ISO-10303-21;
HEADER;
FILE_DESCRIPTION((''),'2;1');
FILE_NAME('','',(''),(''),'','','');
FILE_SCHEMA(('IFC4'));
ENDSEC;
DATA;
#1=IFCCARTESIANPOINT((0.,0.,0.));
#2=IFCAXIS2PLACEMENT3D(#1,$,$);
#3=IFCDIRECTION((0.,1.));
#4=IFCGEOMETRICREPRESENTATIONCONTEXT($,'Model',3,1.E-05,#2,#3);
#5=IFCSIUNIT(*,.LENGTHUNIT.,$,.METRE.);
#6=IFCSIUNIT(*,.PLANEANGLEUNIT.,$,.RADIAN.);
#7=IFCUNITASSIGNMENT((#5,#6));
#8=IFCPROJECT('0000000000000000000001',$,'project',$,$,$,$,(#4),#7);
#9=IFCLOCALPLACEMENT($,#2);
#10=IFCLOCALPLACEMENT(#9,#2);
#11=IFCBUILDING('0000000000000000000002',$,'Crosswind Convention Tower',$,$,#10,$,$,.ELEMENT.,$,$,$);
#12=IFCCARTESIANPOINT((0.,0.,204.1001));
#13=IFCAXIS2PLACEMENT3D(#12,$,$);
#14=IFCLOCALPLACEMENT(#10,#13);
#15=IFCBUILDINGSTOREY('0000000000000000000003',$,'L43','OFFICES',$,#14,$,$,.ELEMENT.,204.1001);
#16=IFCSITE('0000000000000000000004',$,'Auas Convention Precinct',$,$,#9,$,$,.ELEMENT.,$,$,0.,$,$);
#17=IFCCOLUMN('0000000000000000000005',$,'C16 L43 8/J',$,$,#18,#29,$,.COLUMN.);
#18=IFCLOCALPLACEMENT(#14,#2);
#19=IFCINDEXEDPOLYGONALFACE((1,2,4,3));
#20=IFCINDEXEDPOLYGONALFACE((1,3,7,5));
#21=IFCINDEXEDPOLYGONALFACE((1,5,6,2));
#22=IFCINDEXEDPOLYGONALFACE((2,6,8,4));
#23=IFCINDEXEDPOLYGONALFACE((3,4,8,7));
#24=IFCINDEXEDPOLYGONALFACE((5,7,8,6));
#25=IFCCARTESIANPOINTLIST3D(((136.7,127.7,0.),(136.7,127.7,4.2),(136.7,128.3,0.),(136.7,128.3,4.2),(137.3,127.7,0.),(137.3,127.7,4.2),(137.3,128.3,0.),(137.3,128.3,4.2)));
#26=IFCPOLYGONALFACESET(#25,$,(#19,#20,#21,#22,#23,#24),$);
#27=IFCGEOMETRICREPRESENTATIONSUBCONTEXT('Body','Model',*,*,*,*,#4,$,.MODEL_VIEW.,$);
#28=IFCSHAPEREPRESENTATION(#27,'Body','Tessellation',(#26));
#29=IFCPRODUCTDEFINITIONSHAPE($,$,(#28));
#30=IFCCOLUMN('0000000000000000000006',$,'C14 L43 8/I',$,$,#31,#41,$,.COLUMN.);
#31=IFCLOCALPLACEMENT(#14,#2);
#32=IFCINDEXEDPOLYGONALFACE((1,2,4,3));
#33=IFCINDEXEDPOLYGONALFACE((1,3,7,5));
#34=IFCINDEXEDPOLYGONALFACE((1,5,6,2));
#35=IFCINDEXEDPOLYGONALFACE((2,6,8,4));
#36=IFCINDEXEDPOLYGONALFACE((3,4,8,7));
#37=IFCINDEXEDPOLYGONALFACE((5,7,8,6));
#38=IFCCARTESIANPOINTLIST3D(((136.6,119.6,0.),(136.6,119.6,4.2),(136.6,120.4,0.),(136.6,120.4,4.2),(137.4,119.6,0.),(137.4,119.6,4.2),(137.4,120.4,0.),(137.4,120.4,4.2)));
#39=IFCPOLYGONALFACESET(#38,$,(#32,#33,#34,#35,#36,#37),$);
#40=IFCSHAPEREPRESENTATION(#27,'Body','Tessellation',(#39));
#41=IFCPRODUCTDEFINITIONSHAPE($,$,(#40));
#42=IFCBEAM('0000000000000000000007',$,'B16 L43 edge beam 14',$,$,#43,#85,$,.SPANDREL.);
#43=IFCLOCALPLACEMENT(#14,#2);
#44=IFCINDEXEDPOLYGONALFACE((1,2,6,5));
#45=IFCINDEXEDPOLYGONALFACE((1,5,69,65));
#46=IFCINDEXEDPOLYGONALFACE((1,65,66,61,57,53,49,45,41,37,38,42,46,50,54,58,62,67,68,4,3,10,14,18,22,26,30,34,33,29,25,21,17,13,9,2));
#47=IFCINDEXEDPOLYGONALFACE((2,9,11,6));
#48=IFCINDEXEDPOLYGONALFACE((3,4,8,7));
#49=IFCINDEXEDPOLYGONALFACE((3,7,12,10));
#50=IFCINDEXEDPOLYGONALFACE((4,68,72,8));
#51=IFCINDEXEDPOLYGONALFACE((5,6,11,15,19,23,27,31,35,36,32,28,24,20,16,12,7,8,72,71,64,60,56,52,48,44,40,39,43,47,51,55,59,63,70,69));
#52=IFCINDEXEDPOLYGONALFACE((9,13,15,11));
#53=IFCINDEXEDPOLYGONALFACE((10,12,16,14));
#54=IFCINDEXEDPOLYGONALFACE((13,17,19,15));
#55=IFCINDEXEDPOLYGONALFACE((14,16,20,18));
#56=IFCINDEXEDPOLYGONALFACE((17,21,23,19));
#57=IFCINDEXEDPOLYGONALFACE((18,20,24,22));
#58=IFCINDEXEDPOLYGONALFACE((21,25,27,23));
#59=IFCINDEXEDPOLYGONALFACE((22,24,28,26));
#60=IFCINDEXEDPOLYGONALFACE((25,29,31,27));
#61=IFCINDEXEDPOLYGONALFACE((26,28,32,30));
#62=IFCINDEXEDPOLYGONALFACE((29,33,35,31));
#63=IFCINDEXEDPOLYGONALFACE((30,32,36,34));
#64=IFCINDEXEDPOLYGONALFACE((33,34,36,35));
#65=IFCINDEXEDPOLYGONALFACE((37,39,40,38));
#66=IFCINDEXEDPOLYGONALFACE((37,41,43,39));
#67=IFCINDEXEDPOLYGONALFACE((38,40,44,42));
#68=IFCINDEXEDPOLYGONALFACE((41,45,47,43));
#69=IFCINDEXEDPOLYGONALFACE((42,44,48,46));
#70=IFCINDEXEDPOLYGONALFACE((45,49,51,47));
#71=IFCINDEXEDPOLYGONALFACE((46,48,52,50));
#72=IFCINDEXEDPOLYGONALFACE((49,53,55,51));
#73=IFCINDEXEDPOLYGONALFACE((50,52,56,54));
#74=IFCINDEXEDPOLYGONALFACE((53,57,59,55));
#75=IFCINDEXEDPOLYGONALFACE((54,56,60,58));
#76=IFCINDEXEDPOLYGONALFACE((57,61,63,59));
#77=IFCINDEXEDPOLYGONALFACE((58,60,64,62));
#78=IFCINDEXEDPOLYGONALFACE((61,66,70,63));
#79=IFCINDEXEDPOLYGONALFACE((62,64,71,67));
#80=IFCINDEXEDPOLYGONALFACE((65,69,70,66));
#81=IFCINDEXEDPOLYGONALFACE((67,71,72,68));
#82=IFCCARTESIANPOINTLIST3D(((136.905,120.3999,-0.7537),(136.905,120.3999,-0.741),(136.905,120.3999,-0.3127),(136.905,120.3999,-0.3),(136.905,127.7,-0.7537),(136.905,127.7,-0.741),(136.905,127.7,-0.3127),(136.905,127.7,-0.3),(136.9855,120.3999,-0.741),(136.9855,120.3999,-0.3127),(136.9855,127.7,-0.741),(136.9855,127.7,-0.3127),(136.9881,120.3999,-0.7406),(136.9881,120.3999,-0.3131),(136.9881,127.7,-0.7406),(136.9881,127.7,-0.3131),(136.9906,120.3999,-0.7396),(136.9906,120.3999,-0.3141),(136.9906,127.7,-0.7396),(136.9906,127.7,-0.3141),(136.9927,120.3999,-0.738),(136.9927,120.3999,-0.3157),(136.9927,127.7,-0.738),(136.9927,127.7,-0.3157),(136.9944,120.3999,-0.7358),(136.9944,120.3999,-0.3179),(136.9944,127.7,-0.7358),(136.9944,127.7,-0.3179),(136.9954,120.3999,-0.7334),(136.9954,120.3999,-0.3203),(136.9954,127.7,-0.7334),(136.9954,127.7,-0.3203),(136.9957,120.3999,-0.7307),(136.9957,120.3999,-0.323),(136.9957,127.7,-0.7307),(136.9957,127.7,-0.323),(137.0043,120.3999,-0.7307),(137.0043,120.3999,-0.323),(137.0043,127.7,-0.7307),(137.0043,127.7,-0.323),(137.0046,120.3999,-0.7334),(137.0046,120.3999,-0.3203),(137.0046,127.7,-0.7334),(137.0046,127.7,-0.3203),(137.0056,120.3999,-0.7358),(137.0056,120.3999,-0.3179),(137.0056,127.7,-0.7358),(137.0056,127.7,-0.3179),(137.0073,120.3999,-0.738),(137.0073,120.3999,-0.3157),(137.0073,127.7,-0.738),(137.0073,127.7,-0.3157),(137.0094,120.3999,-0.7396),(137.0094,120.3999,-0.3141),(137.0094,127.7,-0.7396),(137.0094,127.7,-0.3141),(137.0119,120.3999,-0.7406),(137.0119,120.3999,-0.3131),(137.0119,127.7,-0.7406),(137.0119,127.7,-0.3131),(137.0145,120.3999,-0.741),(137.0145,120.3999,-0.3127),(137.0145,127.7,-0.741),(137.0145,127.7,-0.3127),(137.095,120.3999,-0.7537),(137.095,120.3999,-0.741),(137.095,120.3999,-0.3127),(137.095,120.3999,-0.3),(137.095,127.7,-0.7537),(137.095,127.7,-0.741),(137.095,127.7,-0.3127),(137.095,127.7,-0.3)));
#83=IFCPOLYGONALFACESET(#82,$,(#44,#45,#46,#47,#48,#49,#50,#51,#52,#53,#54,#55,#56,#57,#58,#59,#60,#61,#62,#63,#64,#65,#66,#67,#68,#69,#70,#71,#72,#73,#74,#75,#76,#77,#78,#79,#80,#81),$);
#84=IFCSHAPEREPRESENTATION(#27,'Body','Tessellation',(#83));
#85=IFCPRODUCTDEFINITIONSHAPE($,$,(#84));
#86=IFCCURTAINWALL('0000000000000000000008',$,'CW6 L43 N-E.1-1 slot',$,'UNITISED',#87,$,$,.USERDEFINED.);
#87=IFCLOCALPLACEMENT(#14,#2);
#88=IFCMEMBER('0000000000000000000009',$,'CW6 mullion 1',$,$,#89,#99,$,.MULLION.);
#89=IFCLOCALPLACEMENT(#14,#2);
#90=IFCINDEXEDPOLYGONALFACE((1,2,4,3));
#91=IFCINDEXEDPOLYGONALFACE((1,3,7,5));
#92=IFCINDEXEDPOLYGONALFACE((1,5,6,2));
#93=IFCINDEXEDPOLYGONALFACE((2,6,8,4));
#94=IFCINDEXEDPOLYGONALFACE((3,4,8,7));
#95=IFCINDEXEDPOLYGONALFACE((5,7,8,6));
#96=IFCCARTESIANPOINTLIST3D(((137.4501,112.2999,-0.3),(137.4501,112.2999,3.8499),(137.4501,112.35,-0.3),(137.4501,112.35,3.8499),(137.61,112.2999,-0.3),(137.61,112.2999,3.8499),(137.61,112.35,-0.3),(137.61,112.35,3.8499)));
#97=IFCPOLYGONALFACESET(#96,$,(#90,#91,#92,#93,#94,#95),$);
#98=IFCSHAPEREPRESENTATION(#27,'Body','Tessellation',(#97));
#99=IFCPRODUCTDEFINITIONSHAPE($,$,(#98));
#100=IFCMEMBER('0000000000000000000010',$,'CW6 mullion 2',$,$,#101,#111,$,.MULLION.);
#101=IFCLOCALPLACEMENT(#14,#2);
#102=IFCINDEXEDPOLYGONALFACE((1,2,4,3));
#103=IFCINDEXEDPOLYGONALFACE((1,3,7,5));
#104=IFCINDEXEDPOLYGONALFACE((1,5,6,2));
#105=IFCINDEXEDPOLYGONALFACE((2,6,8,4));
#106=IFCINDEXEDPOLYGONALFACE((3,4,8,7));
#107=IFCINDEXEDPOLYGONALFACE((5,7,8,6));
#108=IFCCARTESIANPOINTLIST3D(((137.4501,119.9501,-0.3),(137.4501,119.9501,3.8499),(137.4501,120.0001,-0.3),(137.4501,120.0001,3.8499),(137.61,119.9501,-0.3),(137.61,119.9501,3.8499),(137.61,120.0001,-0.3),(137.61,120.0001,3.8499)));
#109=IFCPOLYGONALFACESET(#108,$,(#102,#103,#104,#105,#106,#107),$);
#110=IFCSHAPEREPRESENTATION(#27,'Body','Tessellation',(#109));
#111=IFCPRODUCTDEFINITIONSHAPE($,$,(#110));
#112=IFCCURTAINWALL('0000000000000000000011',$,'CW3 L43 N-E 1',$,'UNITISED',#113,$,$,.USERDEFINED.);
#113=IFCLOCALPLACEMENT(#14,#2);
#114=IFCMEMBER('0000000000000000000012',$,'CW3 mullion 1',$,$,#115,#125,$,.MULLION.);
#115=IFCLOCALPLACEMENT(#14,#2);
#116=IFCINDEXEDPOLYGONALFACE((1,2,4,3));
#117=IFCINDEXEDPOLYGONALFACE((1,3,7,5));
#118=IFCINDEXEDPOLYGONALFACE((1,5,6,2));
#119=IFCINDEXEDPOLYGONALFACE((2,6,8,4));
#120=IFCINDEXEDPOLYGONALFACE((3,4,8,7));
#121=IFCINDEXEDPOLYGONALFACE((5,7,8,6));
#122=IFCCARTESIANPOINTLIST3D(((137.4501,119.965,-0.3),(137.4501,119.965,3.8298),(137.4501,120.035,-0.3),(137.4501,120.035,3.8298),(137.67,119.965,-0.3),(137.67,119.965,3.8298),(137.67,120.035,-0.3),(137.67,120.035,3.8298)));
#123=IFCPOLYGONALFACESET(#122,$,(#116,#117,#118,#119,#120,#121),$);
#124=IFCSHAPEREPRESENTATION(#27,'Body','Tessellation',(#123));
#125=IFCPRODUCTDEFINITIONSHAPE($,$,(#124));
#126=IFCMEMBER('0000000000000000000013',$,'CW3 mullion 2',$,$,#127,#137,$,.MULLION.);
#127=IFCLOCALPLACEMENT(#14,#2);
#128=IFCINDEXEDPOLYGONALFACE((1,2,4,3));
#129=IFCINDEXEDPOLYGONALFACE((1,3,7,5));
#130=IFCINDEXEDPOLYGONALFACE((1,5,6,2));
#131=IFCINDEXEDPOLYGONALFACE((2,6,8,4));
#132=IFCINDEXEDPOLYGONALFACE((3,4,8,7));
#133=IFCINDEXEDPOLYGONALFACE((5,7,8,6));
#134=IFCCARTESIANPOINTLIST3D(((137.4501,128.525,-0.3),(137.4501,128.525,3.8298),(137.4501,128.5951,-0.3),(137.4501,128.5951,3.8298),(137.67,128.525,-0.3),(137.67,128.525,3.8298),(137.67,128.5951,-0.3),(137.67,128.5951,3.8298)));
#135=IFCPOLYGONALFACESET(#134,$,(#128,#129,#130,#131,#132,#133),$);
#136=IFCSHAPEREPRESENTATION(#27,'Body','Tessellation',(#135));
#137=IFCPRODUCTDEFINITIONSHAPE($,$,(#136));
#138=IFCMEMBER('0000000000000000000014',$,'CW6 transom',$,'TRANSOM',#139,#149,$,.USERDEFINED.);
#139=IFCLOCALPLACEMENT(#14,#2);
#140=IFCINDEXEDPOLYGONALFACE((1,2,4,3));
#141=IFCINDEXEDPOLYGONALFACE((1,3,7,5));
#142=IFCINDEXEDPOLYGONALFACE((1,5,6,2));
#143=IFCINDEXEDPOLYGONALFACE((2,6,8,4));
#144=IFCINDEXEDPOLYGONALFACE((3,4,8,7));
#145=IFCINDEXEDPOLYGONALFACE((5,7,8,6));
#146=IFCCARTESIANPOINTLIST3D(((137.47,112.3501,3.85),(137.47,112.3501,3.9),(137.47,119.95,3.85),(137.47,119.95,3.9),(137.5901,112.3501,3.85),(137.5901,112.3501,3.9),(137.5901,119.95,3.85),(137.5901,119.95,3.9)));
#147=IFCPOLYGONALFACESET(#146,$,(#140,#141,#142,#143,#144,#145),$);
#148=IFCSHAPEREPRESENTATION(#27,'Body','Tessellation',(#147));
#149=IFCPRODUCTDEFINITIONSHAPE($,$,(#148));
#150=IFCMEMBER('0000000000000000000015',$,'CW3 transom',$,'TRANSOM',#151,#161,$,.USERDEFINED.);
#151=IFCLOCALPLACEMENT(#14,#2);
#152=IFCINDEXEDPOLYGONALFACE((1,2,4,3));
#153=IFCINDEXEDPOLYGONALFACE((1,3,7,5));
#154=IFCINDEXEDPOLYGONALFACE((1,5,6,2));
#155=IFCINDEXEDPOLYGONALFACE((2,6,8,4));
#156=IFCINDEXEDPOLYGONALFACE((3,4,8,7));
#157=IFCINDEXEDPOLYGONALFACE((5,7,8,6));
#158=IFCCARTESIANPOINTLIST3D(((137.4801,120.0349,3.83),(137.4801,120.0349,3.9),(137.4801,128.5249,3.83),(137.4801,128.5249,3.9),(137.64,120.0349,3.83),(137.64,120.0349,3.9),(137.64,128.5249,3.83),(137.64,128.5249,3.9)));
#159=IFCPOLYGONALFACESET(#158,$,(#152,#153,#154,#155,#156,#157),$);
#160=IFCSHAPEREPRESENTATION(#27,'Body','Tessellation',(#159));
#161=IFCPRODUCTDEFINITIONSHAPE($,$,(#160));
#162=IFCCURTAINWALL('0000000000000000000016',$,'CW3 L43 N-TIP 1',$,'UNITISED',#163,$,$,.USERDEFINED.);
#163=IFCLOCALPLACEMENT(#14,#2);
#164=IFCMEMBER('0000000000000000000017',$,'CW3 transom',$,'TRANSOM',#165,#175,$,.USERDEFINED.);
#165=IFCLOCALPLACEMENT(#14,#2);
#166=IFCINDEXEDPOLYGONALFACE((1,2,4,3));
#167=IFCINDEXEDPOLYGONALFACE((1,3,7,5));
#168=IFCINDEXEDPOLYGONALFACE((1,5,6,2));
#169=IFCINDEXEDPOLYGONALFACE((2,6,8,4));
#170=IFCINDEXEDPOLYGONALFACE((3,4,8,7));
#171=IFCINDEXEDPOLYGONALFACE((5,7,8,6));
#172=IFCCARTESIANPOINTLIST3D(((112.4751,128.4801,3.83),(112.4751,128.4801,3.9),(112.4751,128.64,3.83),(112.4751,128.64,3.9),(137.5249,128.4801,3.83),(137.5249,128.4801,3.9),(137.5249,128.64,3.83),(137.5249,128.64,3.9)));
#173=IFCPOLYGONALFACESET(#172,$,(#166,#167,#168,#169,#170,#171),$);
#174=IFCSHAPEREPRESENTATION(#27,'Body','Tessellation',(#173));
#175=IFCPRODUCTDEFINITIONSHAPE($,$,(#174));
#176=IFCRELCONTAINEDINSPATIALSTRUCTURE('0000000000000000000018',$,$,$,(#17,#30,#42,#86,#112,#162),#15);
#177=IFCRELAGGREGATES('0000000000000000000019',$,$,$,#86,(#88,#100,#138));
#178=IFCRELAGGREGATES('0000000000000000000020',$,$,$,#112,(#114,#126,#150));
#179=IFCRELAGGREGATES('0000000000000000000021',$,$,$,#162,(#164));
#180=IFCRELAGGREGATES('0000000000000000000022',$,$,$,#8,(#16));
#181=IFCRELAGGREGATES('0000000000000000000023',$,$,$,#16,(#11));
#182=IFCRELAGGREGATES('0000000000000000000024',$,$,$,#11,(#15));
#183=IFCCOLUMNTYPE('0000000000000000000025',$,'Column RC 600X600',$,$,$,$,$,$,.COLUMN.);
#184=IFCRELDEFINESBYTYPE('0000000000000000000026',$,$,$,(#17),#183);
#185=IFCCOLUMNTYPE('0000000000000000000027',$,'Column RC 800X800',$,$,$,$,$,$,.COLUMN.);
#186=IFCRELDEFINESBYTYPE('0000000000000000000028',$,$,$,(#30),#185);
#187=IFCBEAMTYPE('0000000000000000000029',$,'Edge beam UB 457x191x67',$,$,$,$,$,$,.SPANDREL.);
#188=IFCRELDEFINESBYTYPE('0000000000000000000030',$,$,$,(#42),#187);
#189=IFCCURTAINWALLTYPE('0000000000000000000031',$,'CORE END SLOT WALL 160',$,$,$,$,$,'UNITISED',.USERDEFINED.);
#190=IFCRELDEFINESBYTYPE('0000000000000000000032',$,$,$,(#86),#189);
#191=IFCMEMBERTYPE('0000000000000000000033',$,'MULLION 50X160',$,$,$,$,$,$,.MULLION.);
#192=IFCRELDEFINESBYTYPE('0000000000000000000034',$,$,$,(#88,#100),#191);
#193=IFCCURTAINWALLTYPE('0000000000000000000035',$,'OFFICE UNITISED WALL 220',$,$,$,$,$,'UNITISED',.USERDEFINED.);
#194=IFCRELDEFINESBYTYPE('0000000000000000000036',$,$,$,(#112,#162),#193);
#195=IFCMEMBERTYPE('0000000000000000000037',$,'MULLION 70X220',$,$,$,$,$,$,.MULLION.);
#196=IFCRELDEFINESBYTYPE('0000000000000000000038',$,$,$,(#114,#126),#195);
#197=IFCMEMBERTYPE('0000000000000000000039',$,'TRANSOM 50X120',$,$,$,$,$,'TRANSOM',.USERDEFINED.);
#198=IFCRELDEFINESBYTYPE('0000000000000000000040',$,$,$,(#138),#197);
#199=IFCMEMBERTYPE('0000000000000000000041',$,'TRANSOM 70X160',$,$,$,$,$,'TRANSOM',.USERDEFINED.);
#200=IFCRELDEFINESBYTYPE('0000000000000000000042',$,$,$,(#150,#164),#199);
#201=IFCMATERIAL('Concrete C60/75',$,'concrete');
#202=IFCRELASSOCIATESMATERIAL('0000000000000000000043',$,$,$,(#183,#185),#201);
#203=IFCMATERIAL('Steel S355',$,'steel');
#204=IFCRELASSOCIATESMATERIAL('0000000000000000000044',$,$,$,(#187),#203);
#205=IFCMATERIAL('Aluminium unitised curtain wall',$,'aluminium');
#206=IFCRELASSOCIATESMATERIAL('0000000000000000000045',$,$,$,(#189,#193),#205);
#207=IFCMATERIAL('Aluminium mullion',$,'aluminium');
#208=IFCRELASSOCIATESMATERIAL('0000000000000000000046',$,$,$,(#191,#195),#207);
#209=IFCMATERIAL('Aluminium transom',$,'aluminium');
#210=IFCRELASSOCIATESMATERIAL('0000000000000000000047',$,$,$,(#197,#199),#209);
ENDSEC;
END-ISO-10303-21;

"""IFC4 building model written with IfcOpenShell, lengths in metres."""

from ifc_helpers import new_model, si_unit, direction, frame, origin, origin_2d, place, context, subcontext, project, spatial, rectangle, i_section, extrude, material, material_profile, profile_set, type_object, element, aggregate, save


model = new_model("IFC4")

# Units and contexts
model_context = context("Model", 3, precision=1e-05, world=origin(), true_north=direction((0.0, 1.0)))
body_context = subcontext(model_context, "Body", "Model", "MODEL_VIEW")
ifc_project = project(units=[si_unit("LENGTHUNIT", "METRE"), si_unit("PLANEANGLEUNIT", "RADIAN")], contexts=[model_context])

# Site, building, storey
site_placement = place(None, origin())
site = spatial("IfcSite", under=ifc_project, at=site_placement, Name="Auas Convention Precinct", CompositionType="ELEMENT", RefElevation=0.0)
building_placement = place(site_placement, origin())
building = spatial("IfcBuilding", under=site, at=building_placement, Name="Crosswind Convention Tower", CompositionType="ELEMENT")
storey_placement = place(building_placement, frame((0.0, 0.0, 204.1001)))
storey = spatial("IfcBuildingStorey", under=building, at=storey_placement, Name="L43", Description="OFFICES", CompositionType="ELEMENT", Elevation=204.1001)

# Columns
ifc_material_1 = material(Name="Concrete C60/75", Category="concrete")
ifc_material_profile_1 = material_profile(ifc_material_1, rectangle(XDim=0.6001, YDim=0.6001, at=origin_2d()), Name="RC 600X600")
ifc_profile_set_1 = profile_set([ifc_material_profile_1], Name="Concrete C60/75")
column_type_1 = type_object("IfcColumnType", Name="Column RC 600X600", PredefinedType="COLUMN", material=ifc_profile_set_1)
column_1_placement = place(storey_placement, frame((137.0, 128.0, 0.0), z_axis=(0.0, 0.0, 1.0), x_axis=(1.0, 0.0, 0.0)))
element("IfcColumn", 1, at=column_1_placement, inside=storey, type_object=column_type_1, Name="C16 L43 8/J", PredefinedType="COLUMN", context=body_context, shape_type="SweptSolid", body=[
    extrude(rectangle(XDim=0.6001, YDim=0.6001, at=origin_2d()), origin(), (0.0, 0.0, 1.0), 4.2),
])
ifc_material_profile_2 = material_profile(ifc_material_1, rectangle(XDim=0.8, YDim=0.8, at=origin_2d()), Name="RC 800X800")
ifc_profile_set_2 = profile_set([ifc_material_profile_2], Name="Concrete C60/75")
column_type_2 = type_object("IfcColumnType", Name="Column RC 800X800", PredefinedType="COLUMN", material=ifc_profile_set_2)
column_2_placement = place(storey_placement, frame((137.0, 120.0, 0.0), z_axis=(0.0, 0.0, 1.0), x_axis=(1.0, 0.0, 0.0)))
element("IfcColumn", 2, at=column_2_placement, inside=storey, type_object=column_type_2, Name="C14 L43 8/I", PredefinedType="COLUMN", context=body_context, shape_type="SweptSolid", body=[
    extrude(rectangle(XDim=0.8, YDim=0.8, at=origin_2d()), origin(), (0.0, 0.0, 1.0), 4.2),
])

# Beam
ifc_material_2 = material(Name="Steel S355", Category="steel")
ifc_material_profile_3 = material_profile(ifc_material_2, i_section(OverallWidth=0.1899, OverallDepth=0.4536, WebThickness=0.0085, FlangeThickness=0.0127, FilletRadius=0.0103, at=origin_2d()), Name="UB 457x191x67")
ifc_profile_set_3 = profile_set([ifc_material_profile_3], Name="Steel S355")
beam_type = type_object("IfcBeamType", Name="Edge beam UB 457x191x67", PredefinedType="SPANDREL", material=ifc_profile_set_3)
beam_placement = place(storey_placement, frame((137.0, 120.3999, -0.5269), z_axis=(0.0, 1.0, 0.0), x_axis=(-1.0, 0.0, 0.0)))
element("IfcBeam", 3, at=beam_placement, inside=storey, type_object=beam_type, Name="B16 L43 edge beam 14", PredefinedType="SPANDREL", context=body_context, shape_type="SweptSolid", body=[
    extrude(i_section(OverallWidth=0.1899, OverallDepth=0.4536, WebThickness=0.0085, FlangeThickness=0.0127, FilletRadius=0.0103, at=origin_2d()), origin(), (0.0, 0.0, 1.0), 7.3),
])

# Curtain walls, members
ifc_material_3 = material(Name="Aluminium unitised curtain wall", Category="aluminium")
curtain_wall_type_1 = type_object("IfcCurtainWallType", Name="CORE END SLOT WALL 160", ElementType="UNITISED", PredefinedType="USERDEFINED", material=ifc_material_3)
curtain_wall_1_placement = place(storey_placement, origin())
curtain_wall_1 = element("IfcCurtainWall", 4, at=curtain_wall_1_placement, inside=storey, type_object=curtain_wall_type_1, Name="CW6 L43 N-E.1-1 slot", ObjectType="UNITISED", PredefinedType="USERDEFINED")
ifc_material_4 = material(Name="Aluminium mullion", Category="aluminium")
ifc_material_profile_4 = material_profile(ifc_material_4, rectangle(XDim=0.1599, YDim=0.05, at=origin_2d()), Name="AL 160X50")
ifc_profile_set_4 = profile_set([ifc_material_profile_4], Name="Aluminium mullion")
member_type_1 = type_object("IfcMemberType", Name="MULLION 50X160", PredefinedType="MULLION", material=ifc_profile_set_4)
member_1_placement = place(storey_placement, frame((137.53, 112.325, -0.3), z_axis=(0.0, 0.0, 1.0), x_axis=(1.0, 0.0, 0.0)))
member_1 = element("IfcMember", 5, at=member_1_placement, type_object=member_type_1, Name="CW6 mullion 1", PredefinedType="MULLION", context=body_context, shape_type="SweptSolid", body=[
    extrude(rectangle(XDim=0.1599, YDim=0.05, at=origin_2d()), origin(), (0.0, 0.0, 1.0), 4.1499),
])
member_2_placement = place(storey_placement, frame((137.53, 119.9751, -0.3), z_axis=(0.0, 0.0, 1.0), x_axis=(1.0, 0.0, 0.0)))
member_2 = element("IfcMember", 6, at=member_2_placement, type_object=member_type_1, Name="CW6 mullion 2", PredefinedType="MULLION", context=body_context, shape_type="SweptSolid", body=[
    extrude(rectangle(XDim=0.1599, YDim=0.05, at=origin_2d()), origin(), (0.0, 0.0, 1.0), 4.1499),
])
curtain_wall_type_2 = type_object("IfcCurtainWallType", Name="OFFICE UNITISED WALL 220", ElementType="UNITISED", PredefinedType="USERDEFINED", material=ifc_material_3)
curtain_wall_2_placement = place(storey_placement, origin())
curtain_wall_2 = element("IfcCurtainWall", 7, at=curtain_wall_2_placement, inside=storey, type_object=curtain_wall_type_2, Name="CW3 L43 N-E 1", ObjectType="UNITISED", PredefinedType="USERDEFINED")
ifc_material_profile_5 = material_profile(ifc_material_4, rectangle(XDim=0.22, YDim=0.0701, at=origin_2d()), Name="AL 220X70")
ifc_profile_set_5 = profile_set([ifc_material_profile_5], Name="Aluminium mullion")
member_type_2 = type_object("IfcMemberType", Name="MULLION 70X220", PredefinedType="MULLION", material=ifc_profile_set_5)
member_3_placement = place(storey_placement, frame((137.5601, 120.0, -0.3), z_axis=(0.0, 0.0, 1.0), x_axis=(1.0, 0.0, 0.0)))
member_3 = element("IfcMember", 8, at=member_3_placement, type_object=member_type_2, Name="CW3 mullion 1", PredefinedType="MULLION", context=body_context, shape_type="SweptSolid", body=[
    extrude(rectangle(XDim=0.22, YDim=0.0701, at=origin_2d()), origin(), (0.0, 0.0, 1.0), 4.1299),
])
member_4_placement = place(storey_placement, frame((137.5601, 128.5601, -0.3), z_axis=(0.0, 0.0, 1.0), x_axis=(1.0, 0.0, 0.0)))
member_4 = element("IfcMember", 9, at=member_4_placement, type_object=member_type_2, Name="CW3 mullion 2", PredefinedType="MULLION", context=body_context, shape_type="SweptSolid", body=[
    extrude(rectangle(XDim=0.22, YDim=0.0701, at=origin_2d()), origin(), (0.0, 0.0, 1.0), 4.1299),
])

# Members
ifc_material_5 = material(Name="Aluminium transom", Category="aluminium")
ifc_material_profile_6 = material_profile(ifc_material_5, rectangle(XDim=0.1201, YDim=0.05, at=origin_2d()), Name="AL 120X50")
ifc_profile_set_6 = profile_set([ifc_material_profile_6], Name="Aluminium transom")
member_type_3 = type_object("IfcMemberType", Name="TRANSOM 50X120", ElementType="TRANSOM", PredefinedType="USERDEFINED", material=ifc_profile_set_6)
member_5_placement = place(storey_placement, frame((137.53, 112.3501, 3.875), z_axis=(0.0, 1.0, 0.0), x_axis=(-1.0, 0.0, 0.0)))
member_5 = element("IfcMember", 10, at=member_5_placement, type_object=member_type_3, Name="CW6 transom", ObjectType="TRANSOM", PredefinedType="USERDEFINED", context=body_context, shape_type="SweptSolid", body=[
    extrude(rectangle(XDim=0.1201, YDim=0.05, at=origin_2d()), origin(), (0.0, 0.0, 1.0), 7.5999),
])
ifc_material_profile_7 = material_profile(ifc_material_5, rectangle(XDim=0.1599, YDim=0.0701, at=origin_2d()), Name="AL 160X70")
ifc_profile_set_7 = profile_set([ifc_material_profile_7], Name="Aluminium transom")
member_type_4 = type_object("IfcMemberType", Name="TRANSOM 70X160", ElementType="TRANSOM", PredefinedType="USERDEFINED", material=ifc_profile_set_7)
member_6_placement = place(storey_placement, frame((137.5601, 120.0349, 3.865), z_axis=(0.0, 1.0, 0.0), x_axis=(-1.0, 0.0, 0.0)))
member_6 = element("IfcMember", 11, at=member_6_placement, type_object=member_type_4, Name="CW3 transom", ObjectType="TRANSOM", PredefinedType="USERDEFINED", context=body_context, shape_type="SweptSolid", body=[
    extrude(rectangle(XDim=0.1599, YDim=0.0701, at=origin_2d()), origin(), (0.0, 0.0, 1.0), 8.49),
])

# Curtain wall, member
curtain_wall_3_placement = place(storey_placement, origin())
curtain_wall_3 = element("IfcCurtainWall", 12, at=curtain_wall_3_placement, inside=storey, type_object=curtain_wall_type_2, Name="CW3 L43 N-TIP 1", ObjectType="UNITISED", PredefinedType="USERDEFINED")
member_7_placement = place(storey_placement, frame((137.5249, 128.5601, 3.865), z_axis=(-1.0, 0.0, 0.0), x_axis=(0.0, -1.0, 0.0)))
member_7 = element("IfcMember", 13, at=member_7_placement, type_object=member_type_4, Name="CW3 transom", ObjectType="TRANSOM", PredefinedType="USERDEFINED", context=body_context, shape_type="SweptSolid", body=[
    extrude(rectangle(XDim=0.1599, YDim=0.0701, at=origin_2d()), origin(), (0.0, 0.0, 1.0), 25.0498),
])

aggregate(curtain_wall_1, [member_1, member_2, member_5])

aggregate(curtain_wall_2, [member_3, member_4, member_6])
aggregate(curtain_wall_3, [member_7])

save(model, "model.ifc")
